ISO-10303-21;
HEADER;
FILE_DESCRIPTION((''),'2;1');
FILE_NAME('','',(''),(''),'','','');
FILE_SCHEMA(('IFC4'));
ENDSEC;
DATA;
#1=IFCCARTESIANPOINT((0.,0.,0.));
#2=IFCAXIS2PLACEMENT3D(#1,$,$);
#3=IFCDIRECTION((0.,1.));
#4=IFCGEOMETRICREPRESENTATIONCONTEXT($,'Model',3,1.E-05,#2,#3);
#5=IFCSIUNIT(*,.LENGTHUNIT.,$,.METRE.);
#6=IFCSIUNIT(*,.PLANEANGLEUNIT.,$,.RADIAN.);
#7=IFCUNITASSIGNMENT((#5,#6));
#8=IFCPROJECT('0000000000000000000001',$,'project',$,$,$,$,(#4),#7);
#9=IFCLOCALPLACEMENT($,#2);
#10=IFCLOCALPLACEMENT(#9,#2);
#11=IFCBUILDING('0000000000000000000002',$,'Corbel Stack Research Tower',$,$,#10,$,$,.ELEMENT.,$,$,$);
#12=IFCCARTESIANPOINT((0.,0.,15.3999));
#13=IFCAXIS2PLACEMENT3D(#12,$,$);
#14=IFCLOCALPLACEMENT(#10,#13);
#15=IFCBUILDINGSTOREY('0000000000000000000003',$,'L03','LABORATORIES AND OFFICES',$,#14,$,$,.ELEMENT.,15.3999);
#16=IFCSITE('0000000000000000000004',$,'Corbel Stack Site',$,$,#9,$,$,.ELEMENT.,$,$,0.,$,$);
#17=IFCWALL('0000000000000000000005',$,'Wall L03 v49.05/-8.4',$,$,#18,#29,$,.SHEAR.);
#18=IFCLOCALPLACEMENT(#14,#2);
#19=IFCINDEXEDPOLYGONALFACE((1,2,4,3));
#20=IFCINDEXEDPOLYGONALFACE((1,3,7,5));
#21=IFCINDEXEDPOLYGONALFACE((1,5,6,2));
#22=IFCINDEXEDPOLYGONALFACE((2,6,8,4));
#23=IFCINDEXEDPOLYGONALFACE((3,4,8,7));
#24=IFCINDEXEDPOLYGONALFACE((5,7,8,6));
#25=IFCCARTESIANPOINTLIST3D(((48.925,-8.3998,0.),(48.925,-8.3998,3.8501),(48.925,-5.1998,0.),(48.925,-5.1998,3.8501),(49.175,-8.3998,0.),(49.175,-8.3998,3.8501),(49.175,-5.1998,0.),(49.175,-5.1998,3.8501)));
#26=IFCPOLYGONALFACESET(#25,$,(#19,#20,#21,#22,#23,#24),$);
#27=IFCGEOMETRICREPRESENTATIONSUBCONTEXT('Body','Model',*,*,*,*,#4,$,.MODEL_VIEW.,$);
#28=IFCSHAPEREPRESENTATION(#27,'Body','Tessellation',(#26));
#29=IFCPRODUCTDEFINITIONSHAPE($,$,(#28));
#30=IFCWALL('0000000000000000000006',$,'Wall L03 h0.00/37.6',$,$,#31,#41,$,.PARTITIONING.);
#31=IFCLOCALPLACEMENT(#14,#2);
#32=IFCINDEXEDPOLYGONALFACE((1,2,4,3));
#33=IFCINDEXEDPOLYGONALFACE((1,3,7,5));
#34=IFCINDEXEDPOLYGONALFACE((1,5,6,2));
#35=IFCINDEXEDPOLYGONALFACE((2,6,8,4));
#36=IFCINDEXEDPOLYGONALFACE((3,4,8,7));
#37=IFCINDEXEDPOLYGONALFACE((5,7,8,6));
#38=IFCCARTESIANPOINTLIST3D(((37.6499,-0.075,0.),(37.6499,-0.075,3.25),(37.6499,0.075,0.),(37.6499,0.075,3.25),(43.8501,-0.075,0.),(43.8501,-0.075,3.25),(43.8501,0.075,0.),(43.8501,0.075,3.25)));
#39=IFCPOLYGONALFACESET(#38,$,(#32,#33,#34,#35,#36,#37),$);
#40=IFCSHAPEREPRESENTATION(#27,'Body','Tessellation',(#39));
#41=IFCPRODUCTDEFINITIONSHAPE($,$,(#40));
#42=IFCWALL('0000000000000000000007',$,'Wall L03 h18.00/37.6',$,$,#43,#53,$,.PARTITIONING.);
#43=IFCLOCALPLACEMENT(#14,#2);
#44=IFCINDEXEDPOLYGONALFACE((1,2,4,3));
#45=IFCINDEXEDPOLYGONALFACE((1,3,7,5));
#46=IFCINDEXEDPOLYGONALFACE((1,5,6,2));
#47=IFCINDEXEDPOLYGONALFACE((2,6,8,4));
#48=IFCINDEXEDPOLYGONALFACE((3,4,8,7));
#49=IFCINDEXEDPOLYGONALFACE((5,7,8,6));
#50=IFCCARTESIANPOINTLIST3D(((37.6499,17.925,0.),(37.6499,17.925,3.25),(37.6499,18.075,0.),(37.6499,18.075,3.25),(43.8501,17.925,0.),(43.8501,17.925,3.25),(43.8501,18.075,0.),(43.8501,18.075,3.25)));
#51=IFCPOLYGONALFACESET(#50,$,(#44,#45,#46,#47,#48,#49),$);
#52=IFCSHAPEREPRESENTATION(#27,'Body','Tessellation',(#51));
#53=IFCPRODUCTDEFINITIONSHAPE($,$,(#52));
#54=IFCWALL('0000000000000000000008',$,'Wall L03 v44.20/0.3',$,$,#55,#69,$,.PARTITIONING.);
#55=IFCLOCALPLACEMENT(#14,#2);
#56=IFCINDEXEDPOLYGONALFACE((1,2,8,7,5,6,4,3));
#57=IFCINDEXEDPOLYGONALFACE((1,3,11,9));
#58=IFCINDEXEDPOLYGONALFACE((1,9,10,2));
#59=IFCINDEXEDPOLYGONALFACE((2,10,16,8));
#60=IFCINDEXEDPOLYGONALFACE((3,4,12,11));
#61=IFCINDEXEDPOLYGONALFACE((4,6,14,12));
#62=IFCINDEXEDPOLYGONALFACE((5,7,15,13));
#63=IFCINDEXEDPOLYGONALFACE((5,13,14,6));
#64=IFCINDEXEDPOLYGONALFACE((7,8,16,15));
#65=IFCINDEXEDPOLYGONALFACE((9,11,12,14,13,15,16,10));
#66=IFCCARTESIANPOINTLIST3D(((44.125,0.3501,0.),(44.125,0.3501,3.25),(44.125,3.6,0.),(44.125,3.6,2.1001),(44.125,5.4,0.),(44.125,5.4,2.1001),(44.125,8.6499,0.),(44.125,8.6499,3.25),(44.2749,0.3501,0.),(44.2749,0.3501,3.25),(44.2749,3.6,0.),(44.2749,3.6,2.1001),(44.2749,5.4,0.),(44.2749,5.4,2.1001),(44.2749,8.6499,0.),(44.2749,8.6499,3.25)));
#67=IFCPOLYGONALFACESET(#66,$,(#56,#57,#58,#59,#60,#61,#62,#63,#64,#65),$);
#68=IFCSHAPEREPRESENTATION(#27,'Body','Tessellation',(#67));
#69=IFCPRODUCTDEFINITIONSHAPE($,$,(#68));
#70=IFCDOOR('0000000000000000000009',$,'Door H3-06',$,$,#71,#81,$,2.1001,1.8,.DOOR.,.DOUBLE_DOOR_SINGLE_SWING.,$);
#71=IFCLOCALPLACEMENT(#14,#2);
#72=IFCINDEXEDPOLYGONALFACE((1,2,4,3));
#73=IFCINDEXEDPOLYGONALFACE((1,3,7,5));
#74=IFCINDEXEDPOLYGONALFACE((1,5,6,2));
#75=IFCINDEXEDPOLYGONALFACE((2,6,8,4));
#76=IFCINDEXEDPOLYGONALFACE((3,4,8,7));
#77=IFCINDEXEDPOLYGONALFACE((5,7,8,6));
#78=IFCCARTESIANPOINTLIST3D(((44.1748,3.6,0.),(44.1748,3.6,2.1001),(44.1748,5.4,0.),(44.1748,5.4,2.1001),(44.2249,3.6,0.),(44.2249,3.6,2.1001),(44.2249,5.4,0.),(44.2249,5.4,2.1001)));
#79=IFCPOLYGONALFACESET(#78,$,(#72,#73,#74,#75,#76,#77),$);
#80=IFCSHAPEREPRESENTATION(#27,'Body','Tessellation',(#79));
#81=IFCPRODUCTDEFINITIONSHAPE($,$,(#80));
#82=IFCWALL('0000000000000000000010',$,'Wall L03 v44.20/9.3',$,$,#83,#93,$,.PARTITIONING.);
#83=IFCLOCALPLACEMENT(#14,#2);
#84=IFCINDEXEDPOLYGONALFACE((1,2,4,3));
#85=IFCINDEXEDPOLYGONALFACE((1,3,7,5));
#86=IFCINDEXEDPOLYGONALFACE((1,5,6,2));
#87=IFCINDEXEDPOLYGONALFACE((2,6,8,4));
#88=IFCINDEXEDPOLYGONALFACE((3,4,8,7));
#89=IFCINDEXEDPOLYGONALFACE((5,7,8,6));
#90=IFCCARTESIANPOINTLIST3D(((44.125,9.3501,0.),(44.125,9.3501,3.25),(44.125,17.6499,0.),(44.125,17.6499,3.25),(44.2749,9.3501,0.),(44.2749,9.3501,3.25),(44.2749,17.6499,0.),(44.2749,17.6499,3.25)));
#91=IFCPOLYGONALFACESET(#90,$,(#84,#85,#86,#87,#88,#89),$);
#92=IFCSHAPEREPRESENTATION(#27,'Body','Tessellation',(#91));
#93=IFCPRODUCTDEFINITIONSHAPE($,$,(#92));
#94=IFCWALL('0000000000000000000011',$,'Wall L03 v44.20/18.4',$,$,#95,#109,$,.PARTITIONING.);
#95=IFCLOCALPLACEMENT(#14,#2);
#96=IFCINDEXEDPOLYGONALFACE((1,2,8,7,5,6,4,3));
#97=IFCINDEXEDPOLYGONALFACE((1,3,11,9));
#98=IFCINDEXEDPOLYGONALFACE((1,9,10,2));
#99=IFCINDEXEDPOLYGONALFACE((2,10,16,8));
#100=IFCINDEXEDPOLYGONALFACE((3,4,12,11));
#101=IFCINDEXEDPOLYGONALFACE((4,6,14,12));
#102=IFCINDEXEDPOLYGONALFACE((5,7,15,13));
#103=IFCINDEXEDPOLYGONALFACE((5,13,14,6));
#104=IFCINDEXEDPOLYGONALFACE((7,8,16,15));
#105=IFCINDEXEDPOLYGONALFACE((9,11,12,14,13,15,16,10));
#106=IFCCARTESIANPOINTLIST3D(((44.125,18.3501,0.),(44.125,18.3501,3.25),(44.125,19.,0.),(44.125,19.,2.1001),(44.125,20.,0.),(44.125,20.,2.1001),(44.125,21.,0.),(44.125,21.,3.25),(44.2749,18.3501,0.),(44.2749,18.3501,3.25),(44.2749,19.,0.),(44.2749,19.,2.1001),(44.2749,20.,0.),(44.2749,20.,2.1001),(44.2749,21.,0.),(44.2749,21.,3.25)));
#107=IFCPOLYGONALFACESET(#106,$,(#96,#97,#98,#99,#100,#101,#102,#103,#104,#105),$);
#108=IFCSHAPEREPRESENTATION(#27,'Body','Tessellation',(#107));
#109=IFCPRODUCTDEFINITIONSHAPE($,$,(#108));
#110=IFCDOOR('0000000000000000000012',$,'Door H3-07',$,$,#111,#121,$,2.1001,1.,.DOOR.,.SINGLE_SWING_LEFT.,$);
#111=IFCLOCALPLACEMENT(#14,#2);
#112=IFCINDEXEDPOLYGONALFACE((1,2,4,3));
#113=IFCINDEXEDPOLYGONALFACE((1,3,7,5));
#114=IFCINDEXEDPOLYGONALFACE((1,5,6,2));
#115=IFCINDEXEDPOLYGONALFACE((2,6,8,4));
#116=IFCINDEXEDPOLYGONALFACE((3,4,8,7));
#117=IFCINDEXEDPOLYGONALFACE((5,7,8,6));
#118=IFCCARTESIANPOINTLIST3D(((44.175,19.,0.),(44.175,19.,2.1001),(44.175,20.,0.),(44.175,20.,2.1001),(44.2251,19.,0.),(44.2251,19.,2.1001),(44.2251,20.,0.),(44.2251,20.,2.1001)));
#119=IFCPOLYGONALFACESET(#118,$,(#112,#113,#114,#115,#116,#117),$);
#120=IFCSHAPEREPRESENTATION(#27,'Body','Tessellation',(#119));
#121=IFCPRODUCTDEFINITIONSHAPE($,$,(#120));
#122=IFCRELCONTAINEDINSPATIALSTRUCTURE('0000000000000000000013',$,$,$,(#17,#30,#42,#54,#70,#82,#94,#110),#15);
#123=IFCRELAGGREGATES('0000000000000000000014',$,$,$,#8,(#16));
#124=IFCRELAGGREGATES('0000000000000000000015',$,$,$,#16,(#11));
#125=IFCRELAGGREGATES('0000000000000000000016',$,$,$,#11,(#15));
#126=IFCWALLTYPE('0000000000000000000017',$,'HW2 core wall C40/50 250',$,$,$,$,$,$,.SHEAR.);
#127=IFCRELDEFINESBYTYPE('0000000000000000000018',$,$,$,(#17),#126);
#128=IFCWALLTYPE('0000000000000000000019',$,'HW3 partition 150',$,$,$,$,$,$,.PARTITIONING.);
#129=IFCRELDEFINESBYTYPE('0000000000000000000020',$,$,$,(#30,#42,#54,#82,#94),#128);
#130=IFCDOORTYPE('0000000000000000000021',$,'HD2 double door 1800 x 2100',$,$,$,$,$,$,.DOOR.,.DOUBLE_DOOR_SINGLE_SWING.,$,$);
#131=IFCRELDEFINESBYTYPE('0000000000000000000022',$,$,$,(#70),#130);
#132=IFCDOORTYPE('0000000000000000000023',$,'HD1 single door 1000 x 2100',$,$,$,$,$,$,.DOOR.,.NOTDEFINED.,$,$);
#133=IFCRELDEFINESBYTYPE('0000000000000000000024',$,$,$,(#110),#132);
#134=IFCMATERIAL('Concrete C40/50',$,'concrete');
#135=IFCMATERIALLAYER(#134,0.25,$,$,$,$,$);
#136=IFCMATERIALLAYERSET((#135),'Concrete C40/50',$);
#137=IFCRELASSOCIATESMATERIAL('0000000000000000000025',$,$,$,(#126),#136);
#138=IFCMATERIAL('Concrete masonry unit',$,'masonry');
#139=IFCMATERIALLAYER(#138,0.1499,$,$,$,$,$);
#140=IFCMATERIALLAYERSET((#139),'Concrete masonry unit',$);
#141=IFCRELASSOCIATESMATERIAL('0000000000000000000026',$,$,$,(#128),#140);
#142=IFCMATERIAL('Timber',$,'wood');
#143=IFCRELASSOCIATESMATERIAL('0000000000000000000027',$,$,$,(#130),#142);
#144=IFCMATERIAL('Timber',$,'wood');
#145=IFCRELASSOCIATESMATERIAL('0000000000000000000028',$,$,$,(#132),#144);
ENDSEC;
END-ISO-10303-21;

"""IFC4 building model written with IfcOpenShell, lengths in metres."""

from ifc_helpers import new_model, si_unit, direction, frame, frame_2d, origin, place, context, subcontext, project, spatial, rectangle, extrude, material, layer, layer_set, type_object, element, fill, save


model = new_model("IFC4")

# Units and contexts
model_context = context("Model", 3, precision=1e-05, world=origin(), true_north=direction((0.0, 1.0)))
body_context = subcontext(model_context, "Body", "Model", "MODEL_VIEW")
ifc_project = project(units=[si_unit("LENGTHUNIT", "METRE"), si_unit("PLANEANGLEUNIT", "RADIAN")], contexts=[model_context])

# Site, building, storey
site_placement = place(None, origin())
site = spatial("IfcSite", under=ifc_project, at=site_placement, Name="Corbel Stack Site", CompositionType="ELEMENT", RefElevation=0.0)
building_placement = place(site_placement, origin())
building = spatial("IfcBuilding", under=site, at=building_placement, Name="Corbel Stack Research Tower", CompositionType="ELEMENT")
storey_placement = place(building_placement, frame((0.0, 0.0, 15.3999)))
storey = spatial("IfcBuildingStorey", under=building, at=storey_placement, Name="L03", Description="LABORATORIES AND OFFICES", CompositionType="ELEMENT", Elevation=15.3999)

# Shared definitions
ifc_material_1 = material(Name="Concrete C40/50", Category="concrete")
ifc_layer_1 = layer(ifc_material_1, 0.25)
ifc_layer_set_1 = layer_set([ifc_layer_1], Name="Concrete C40/50")
wall_type_1 = type_object("IfcWallType", Name="HW2 core wall C40/50 250", PredefinedType="SHEAR", material=ifc_layer_set_1)

# Walls
for number, where, z_axis, x_axis, name in (
    (1, (49.05, -8.3999, 0.0), (0.0, 0.0, 1.0), (0.0, 1.0, 0.0), "Wall L03 v49.05/-8.4"),
):
    element("IfcWall", number, at=place(storey_placement, frame(where, z_axis=z_axis, x_axis=x_axis)), inside=storey, type_object=wall_type_1, Name=name, PredefinedType="SHEAR", context=body_context, shape_type="SweptSolid", body=[
        extrude(rectangle(XDim=3.2, YDim=0.25, at=frame_2d((1.6001, 0.0))), origin(), (0.0, 0.0, 1.0), 3.8501),
    ])
ifc_material_2 = material(Name="Concrete masonry unit", Category="masonry")
ifc_layer_2 = layer(ifc_material_2, 0.1499)
ifc_layer_set_2 = layer_set([ifc_layer_2], Name="Concrete masonry unit")
wall_type_2 = type_object("IfcWallType", Name="HW3 partition 150", PredefinedType="PARTITIONING", material=ifc_layer_set_2)
for number, where, z_axis, x_axis, name in (
    (2, (37.6499, 0.0, 0.0), (0.0, 0.0, 1.0), (1.0, 0.0, 0.0), "Wall L03 h0.00/37.6"),
    (3, (37.6499, 18.0, 0.0), (0.0, 0.0, 1.0), (1.0, 0.0, 0.0), "Wall L03 h18.00/37.6"),
):
    element("IfcWall", number, at=place(storey_placement, frame(where, z_axis=z_axis, x_axis=x_axis)), inside=storey, type_object=wall_type_2, Name=name, PredefinedType="PARTITIONING", context=body_context, shape_type="SweptSolid", body=[
        extrude(rectangle(XDim=6.2002, YDim=0.1499, at=frame_2d((3.1001, 0.0))), origin(), (0.0, 0.0, 1.0), 3.25),
    ])

# Wall, opening, door
wall_1_placement = place(storey_placement, frame((44.2, 8.6499, 0.0), z_axis=(0.0, 0.0, 1.0), x_axis=(0.0, -1.0, 0.0)))
wall_1 = element("IfcWall", 4, at=wall_1_placement, inside=storey, type_object=wall_type_2, Name="Wall L03 v44.20/0.3", PredefinedType="PARTITIONING", context=body_context, shape_type="SweptSolid", body=[
    extrude(rectangle(XDim=8.2998, YDim=0.1499, at=frame_2d((4.1499, 0.0))), origin(), (0.0, 0.0, 1.0), 3.25),
])
opening_1_placement = place(wall_1_placement, frame((3.25, 0.0, 0.0)))
opening_1 = element("IfcOpeningElement", 5, at=opening_1_placement, cuts=wall_1, PredefinedType="OPENING", context=body_context, shape_type="SweptSolid", body=[
    extrude(rectangle(XDim=1.8, YDim=2.1001, at=frame_2d((0.8999, 1.05))), frame((0.0, 0.085, 0.0), z_axis=(0.0, -1.0, 0.0), x_axis=(1.0, 0.0, 0.0)), (0.0, 0.0, 1.0), 0.1699),
])
ifc_material_3 = material(Name="Timber", Category="wood")
door_type_1 = type_object("IfcDoorType", Name="HD2 double door 1800 x 2100", OperationType="DOUBLE_DOOR_SINGLE_SWING", PredefinedType="DOOR", material=ifc_material_3)
door_1_placement = place(opening_1_placement, origin())
door_1 = element("IfcDoor", 6, at=door_1_placement, inside=storey, type_object=door_type_1, Name="Door H3-06", OperationType="DOUBLE_DOOR_SINGLE_SWING", OverallHeight=2.1001, OverallWidth=1.8, PredefinedType="DOOR", context=body_context, shape_type="SweptSolid", body=[
    extrude(rectangle(XDim=1.8, YDim=2.1001, at=frame_2d((0.8999, 1.05))), frame((0.0, 0.0249, 0.0), z_axis=(0.0, -1.0, 0.0), x_axis=(1.0, 0.0, 0.0)), (0.0, 0.0, 1.0), 0.05),
])
fill(opening_1, door_1)

# Wall
wall_2_placement = place(storey_placement, frame((44.2, 9.3501, 0.0), z_axis=(0.0, 0.0, 1.0), x_axis=(0.0, 1.0, 0.0)))
element("IfcWall", 7, at=wall_2_placement, inside=storey, type_object=wall_type_2, Name="Wall L03 v44.20/9.3", PredefinedType="PARTITIONING", context=body_context, shape_type="SweptSolid", body=[
    extrude(rectangle(XDim=8.2998, YDim=0.1499, at=frame_2d((4.1499, 0.0))), origin(), (0.0, 0.0, 1.0), 3.25),
])

# Wall, opening, door
wall_3_placement = place(storey_placement, frame((44.2, 18.3501, 0.0), z_axis=(0.0, 0.0, 1.0), x_axis=(0.0, 1.0, 0.0)))
wall_3 = element("IfcWall", 8, at=wall_3_placement, inside=storey, type_object=wall_type_2, Name="Wall L03 v44.20/18.4", PredefinedType="PARTITIONING", context=body_context, shape_type="SweptSolid", body=[
    extrude(rectangle(XDim=2.6499, YDim=0.1499, at=frame_2d((1.325, 0.0))), origin(), (0.0, 0.0, 1.0), 3.25),
])
opening_2_placement = place(wall_3_placement, frame((0.6499, 0.0, 0.0)))
opening_2 = element("IfcOpeningElement", 9, at=opening_2_placement, cuts=wall_3, PredefinedType="OPENING", context=body_context, shape_type="SweptSolid", body=[
    extrude(rectangle(XDim=1.0, YDim=2.1001, at=frame_2d((0.5, 1.05))), frame((0.0, 0.085, 0.0), z_axis=(0.0, -1.0, 0.0), x_axis=(1.0, 0.0, 0.0)), (0.0, 0.0, 1.0), 0.1699),
])
ifc_material_4 = material(Name="Timber", Category="wood")
door_type_2 = type_object("IfcDoorType", Name="HD1 single door 1000 x 2100", OperationType="NOTDEFINED", PredefinedType="DOOR", material=ifc_material_4)
door_2_placement = place(opening_2_placement, origin())
door_2 = element("IfcDoor", 10, at=door_2_placement, inside=storey, type_object=door_type_2, Name="Door H3-07", OperationType="SINGLE_SWING_LEFT", OverallHeight=2.1001, OverallWidth=1.0, PredefinedType="DOOR", context=body_context, shape_type="SweptSolid", body=[
    extrude(rectangle(XDim=1.0, YDim=2.1001, at=frame_2d((0.5, 1.05))), frame((0.0, 0.0249, 0.0), z_axis=(0.0, -1.0, 0.0), x_axis=(1.0, 0.0, 0.0)), (0.0, 0.0, 1.0), 0.05),
])
fill(opening_2, door_2)

save(model, "model.ifc")
